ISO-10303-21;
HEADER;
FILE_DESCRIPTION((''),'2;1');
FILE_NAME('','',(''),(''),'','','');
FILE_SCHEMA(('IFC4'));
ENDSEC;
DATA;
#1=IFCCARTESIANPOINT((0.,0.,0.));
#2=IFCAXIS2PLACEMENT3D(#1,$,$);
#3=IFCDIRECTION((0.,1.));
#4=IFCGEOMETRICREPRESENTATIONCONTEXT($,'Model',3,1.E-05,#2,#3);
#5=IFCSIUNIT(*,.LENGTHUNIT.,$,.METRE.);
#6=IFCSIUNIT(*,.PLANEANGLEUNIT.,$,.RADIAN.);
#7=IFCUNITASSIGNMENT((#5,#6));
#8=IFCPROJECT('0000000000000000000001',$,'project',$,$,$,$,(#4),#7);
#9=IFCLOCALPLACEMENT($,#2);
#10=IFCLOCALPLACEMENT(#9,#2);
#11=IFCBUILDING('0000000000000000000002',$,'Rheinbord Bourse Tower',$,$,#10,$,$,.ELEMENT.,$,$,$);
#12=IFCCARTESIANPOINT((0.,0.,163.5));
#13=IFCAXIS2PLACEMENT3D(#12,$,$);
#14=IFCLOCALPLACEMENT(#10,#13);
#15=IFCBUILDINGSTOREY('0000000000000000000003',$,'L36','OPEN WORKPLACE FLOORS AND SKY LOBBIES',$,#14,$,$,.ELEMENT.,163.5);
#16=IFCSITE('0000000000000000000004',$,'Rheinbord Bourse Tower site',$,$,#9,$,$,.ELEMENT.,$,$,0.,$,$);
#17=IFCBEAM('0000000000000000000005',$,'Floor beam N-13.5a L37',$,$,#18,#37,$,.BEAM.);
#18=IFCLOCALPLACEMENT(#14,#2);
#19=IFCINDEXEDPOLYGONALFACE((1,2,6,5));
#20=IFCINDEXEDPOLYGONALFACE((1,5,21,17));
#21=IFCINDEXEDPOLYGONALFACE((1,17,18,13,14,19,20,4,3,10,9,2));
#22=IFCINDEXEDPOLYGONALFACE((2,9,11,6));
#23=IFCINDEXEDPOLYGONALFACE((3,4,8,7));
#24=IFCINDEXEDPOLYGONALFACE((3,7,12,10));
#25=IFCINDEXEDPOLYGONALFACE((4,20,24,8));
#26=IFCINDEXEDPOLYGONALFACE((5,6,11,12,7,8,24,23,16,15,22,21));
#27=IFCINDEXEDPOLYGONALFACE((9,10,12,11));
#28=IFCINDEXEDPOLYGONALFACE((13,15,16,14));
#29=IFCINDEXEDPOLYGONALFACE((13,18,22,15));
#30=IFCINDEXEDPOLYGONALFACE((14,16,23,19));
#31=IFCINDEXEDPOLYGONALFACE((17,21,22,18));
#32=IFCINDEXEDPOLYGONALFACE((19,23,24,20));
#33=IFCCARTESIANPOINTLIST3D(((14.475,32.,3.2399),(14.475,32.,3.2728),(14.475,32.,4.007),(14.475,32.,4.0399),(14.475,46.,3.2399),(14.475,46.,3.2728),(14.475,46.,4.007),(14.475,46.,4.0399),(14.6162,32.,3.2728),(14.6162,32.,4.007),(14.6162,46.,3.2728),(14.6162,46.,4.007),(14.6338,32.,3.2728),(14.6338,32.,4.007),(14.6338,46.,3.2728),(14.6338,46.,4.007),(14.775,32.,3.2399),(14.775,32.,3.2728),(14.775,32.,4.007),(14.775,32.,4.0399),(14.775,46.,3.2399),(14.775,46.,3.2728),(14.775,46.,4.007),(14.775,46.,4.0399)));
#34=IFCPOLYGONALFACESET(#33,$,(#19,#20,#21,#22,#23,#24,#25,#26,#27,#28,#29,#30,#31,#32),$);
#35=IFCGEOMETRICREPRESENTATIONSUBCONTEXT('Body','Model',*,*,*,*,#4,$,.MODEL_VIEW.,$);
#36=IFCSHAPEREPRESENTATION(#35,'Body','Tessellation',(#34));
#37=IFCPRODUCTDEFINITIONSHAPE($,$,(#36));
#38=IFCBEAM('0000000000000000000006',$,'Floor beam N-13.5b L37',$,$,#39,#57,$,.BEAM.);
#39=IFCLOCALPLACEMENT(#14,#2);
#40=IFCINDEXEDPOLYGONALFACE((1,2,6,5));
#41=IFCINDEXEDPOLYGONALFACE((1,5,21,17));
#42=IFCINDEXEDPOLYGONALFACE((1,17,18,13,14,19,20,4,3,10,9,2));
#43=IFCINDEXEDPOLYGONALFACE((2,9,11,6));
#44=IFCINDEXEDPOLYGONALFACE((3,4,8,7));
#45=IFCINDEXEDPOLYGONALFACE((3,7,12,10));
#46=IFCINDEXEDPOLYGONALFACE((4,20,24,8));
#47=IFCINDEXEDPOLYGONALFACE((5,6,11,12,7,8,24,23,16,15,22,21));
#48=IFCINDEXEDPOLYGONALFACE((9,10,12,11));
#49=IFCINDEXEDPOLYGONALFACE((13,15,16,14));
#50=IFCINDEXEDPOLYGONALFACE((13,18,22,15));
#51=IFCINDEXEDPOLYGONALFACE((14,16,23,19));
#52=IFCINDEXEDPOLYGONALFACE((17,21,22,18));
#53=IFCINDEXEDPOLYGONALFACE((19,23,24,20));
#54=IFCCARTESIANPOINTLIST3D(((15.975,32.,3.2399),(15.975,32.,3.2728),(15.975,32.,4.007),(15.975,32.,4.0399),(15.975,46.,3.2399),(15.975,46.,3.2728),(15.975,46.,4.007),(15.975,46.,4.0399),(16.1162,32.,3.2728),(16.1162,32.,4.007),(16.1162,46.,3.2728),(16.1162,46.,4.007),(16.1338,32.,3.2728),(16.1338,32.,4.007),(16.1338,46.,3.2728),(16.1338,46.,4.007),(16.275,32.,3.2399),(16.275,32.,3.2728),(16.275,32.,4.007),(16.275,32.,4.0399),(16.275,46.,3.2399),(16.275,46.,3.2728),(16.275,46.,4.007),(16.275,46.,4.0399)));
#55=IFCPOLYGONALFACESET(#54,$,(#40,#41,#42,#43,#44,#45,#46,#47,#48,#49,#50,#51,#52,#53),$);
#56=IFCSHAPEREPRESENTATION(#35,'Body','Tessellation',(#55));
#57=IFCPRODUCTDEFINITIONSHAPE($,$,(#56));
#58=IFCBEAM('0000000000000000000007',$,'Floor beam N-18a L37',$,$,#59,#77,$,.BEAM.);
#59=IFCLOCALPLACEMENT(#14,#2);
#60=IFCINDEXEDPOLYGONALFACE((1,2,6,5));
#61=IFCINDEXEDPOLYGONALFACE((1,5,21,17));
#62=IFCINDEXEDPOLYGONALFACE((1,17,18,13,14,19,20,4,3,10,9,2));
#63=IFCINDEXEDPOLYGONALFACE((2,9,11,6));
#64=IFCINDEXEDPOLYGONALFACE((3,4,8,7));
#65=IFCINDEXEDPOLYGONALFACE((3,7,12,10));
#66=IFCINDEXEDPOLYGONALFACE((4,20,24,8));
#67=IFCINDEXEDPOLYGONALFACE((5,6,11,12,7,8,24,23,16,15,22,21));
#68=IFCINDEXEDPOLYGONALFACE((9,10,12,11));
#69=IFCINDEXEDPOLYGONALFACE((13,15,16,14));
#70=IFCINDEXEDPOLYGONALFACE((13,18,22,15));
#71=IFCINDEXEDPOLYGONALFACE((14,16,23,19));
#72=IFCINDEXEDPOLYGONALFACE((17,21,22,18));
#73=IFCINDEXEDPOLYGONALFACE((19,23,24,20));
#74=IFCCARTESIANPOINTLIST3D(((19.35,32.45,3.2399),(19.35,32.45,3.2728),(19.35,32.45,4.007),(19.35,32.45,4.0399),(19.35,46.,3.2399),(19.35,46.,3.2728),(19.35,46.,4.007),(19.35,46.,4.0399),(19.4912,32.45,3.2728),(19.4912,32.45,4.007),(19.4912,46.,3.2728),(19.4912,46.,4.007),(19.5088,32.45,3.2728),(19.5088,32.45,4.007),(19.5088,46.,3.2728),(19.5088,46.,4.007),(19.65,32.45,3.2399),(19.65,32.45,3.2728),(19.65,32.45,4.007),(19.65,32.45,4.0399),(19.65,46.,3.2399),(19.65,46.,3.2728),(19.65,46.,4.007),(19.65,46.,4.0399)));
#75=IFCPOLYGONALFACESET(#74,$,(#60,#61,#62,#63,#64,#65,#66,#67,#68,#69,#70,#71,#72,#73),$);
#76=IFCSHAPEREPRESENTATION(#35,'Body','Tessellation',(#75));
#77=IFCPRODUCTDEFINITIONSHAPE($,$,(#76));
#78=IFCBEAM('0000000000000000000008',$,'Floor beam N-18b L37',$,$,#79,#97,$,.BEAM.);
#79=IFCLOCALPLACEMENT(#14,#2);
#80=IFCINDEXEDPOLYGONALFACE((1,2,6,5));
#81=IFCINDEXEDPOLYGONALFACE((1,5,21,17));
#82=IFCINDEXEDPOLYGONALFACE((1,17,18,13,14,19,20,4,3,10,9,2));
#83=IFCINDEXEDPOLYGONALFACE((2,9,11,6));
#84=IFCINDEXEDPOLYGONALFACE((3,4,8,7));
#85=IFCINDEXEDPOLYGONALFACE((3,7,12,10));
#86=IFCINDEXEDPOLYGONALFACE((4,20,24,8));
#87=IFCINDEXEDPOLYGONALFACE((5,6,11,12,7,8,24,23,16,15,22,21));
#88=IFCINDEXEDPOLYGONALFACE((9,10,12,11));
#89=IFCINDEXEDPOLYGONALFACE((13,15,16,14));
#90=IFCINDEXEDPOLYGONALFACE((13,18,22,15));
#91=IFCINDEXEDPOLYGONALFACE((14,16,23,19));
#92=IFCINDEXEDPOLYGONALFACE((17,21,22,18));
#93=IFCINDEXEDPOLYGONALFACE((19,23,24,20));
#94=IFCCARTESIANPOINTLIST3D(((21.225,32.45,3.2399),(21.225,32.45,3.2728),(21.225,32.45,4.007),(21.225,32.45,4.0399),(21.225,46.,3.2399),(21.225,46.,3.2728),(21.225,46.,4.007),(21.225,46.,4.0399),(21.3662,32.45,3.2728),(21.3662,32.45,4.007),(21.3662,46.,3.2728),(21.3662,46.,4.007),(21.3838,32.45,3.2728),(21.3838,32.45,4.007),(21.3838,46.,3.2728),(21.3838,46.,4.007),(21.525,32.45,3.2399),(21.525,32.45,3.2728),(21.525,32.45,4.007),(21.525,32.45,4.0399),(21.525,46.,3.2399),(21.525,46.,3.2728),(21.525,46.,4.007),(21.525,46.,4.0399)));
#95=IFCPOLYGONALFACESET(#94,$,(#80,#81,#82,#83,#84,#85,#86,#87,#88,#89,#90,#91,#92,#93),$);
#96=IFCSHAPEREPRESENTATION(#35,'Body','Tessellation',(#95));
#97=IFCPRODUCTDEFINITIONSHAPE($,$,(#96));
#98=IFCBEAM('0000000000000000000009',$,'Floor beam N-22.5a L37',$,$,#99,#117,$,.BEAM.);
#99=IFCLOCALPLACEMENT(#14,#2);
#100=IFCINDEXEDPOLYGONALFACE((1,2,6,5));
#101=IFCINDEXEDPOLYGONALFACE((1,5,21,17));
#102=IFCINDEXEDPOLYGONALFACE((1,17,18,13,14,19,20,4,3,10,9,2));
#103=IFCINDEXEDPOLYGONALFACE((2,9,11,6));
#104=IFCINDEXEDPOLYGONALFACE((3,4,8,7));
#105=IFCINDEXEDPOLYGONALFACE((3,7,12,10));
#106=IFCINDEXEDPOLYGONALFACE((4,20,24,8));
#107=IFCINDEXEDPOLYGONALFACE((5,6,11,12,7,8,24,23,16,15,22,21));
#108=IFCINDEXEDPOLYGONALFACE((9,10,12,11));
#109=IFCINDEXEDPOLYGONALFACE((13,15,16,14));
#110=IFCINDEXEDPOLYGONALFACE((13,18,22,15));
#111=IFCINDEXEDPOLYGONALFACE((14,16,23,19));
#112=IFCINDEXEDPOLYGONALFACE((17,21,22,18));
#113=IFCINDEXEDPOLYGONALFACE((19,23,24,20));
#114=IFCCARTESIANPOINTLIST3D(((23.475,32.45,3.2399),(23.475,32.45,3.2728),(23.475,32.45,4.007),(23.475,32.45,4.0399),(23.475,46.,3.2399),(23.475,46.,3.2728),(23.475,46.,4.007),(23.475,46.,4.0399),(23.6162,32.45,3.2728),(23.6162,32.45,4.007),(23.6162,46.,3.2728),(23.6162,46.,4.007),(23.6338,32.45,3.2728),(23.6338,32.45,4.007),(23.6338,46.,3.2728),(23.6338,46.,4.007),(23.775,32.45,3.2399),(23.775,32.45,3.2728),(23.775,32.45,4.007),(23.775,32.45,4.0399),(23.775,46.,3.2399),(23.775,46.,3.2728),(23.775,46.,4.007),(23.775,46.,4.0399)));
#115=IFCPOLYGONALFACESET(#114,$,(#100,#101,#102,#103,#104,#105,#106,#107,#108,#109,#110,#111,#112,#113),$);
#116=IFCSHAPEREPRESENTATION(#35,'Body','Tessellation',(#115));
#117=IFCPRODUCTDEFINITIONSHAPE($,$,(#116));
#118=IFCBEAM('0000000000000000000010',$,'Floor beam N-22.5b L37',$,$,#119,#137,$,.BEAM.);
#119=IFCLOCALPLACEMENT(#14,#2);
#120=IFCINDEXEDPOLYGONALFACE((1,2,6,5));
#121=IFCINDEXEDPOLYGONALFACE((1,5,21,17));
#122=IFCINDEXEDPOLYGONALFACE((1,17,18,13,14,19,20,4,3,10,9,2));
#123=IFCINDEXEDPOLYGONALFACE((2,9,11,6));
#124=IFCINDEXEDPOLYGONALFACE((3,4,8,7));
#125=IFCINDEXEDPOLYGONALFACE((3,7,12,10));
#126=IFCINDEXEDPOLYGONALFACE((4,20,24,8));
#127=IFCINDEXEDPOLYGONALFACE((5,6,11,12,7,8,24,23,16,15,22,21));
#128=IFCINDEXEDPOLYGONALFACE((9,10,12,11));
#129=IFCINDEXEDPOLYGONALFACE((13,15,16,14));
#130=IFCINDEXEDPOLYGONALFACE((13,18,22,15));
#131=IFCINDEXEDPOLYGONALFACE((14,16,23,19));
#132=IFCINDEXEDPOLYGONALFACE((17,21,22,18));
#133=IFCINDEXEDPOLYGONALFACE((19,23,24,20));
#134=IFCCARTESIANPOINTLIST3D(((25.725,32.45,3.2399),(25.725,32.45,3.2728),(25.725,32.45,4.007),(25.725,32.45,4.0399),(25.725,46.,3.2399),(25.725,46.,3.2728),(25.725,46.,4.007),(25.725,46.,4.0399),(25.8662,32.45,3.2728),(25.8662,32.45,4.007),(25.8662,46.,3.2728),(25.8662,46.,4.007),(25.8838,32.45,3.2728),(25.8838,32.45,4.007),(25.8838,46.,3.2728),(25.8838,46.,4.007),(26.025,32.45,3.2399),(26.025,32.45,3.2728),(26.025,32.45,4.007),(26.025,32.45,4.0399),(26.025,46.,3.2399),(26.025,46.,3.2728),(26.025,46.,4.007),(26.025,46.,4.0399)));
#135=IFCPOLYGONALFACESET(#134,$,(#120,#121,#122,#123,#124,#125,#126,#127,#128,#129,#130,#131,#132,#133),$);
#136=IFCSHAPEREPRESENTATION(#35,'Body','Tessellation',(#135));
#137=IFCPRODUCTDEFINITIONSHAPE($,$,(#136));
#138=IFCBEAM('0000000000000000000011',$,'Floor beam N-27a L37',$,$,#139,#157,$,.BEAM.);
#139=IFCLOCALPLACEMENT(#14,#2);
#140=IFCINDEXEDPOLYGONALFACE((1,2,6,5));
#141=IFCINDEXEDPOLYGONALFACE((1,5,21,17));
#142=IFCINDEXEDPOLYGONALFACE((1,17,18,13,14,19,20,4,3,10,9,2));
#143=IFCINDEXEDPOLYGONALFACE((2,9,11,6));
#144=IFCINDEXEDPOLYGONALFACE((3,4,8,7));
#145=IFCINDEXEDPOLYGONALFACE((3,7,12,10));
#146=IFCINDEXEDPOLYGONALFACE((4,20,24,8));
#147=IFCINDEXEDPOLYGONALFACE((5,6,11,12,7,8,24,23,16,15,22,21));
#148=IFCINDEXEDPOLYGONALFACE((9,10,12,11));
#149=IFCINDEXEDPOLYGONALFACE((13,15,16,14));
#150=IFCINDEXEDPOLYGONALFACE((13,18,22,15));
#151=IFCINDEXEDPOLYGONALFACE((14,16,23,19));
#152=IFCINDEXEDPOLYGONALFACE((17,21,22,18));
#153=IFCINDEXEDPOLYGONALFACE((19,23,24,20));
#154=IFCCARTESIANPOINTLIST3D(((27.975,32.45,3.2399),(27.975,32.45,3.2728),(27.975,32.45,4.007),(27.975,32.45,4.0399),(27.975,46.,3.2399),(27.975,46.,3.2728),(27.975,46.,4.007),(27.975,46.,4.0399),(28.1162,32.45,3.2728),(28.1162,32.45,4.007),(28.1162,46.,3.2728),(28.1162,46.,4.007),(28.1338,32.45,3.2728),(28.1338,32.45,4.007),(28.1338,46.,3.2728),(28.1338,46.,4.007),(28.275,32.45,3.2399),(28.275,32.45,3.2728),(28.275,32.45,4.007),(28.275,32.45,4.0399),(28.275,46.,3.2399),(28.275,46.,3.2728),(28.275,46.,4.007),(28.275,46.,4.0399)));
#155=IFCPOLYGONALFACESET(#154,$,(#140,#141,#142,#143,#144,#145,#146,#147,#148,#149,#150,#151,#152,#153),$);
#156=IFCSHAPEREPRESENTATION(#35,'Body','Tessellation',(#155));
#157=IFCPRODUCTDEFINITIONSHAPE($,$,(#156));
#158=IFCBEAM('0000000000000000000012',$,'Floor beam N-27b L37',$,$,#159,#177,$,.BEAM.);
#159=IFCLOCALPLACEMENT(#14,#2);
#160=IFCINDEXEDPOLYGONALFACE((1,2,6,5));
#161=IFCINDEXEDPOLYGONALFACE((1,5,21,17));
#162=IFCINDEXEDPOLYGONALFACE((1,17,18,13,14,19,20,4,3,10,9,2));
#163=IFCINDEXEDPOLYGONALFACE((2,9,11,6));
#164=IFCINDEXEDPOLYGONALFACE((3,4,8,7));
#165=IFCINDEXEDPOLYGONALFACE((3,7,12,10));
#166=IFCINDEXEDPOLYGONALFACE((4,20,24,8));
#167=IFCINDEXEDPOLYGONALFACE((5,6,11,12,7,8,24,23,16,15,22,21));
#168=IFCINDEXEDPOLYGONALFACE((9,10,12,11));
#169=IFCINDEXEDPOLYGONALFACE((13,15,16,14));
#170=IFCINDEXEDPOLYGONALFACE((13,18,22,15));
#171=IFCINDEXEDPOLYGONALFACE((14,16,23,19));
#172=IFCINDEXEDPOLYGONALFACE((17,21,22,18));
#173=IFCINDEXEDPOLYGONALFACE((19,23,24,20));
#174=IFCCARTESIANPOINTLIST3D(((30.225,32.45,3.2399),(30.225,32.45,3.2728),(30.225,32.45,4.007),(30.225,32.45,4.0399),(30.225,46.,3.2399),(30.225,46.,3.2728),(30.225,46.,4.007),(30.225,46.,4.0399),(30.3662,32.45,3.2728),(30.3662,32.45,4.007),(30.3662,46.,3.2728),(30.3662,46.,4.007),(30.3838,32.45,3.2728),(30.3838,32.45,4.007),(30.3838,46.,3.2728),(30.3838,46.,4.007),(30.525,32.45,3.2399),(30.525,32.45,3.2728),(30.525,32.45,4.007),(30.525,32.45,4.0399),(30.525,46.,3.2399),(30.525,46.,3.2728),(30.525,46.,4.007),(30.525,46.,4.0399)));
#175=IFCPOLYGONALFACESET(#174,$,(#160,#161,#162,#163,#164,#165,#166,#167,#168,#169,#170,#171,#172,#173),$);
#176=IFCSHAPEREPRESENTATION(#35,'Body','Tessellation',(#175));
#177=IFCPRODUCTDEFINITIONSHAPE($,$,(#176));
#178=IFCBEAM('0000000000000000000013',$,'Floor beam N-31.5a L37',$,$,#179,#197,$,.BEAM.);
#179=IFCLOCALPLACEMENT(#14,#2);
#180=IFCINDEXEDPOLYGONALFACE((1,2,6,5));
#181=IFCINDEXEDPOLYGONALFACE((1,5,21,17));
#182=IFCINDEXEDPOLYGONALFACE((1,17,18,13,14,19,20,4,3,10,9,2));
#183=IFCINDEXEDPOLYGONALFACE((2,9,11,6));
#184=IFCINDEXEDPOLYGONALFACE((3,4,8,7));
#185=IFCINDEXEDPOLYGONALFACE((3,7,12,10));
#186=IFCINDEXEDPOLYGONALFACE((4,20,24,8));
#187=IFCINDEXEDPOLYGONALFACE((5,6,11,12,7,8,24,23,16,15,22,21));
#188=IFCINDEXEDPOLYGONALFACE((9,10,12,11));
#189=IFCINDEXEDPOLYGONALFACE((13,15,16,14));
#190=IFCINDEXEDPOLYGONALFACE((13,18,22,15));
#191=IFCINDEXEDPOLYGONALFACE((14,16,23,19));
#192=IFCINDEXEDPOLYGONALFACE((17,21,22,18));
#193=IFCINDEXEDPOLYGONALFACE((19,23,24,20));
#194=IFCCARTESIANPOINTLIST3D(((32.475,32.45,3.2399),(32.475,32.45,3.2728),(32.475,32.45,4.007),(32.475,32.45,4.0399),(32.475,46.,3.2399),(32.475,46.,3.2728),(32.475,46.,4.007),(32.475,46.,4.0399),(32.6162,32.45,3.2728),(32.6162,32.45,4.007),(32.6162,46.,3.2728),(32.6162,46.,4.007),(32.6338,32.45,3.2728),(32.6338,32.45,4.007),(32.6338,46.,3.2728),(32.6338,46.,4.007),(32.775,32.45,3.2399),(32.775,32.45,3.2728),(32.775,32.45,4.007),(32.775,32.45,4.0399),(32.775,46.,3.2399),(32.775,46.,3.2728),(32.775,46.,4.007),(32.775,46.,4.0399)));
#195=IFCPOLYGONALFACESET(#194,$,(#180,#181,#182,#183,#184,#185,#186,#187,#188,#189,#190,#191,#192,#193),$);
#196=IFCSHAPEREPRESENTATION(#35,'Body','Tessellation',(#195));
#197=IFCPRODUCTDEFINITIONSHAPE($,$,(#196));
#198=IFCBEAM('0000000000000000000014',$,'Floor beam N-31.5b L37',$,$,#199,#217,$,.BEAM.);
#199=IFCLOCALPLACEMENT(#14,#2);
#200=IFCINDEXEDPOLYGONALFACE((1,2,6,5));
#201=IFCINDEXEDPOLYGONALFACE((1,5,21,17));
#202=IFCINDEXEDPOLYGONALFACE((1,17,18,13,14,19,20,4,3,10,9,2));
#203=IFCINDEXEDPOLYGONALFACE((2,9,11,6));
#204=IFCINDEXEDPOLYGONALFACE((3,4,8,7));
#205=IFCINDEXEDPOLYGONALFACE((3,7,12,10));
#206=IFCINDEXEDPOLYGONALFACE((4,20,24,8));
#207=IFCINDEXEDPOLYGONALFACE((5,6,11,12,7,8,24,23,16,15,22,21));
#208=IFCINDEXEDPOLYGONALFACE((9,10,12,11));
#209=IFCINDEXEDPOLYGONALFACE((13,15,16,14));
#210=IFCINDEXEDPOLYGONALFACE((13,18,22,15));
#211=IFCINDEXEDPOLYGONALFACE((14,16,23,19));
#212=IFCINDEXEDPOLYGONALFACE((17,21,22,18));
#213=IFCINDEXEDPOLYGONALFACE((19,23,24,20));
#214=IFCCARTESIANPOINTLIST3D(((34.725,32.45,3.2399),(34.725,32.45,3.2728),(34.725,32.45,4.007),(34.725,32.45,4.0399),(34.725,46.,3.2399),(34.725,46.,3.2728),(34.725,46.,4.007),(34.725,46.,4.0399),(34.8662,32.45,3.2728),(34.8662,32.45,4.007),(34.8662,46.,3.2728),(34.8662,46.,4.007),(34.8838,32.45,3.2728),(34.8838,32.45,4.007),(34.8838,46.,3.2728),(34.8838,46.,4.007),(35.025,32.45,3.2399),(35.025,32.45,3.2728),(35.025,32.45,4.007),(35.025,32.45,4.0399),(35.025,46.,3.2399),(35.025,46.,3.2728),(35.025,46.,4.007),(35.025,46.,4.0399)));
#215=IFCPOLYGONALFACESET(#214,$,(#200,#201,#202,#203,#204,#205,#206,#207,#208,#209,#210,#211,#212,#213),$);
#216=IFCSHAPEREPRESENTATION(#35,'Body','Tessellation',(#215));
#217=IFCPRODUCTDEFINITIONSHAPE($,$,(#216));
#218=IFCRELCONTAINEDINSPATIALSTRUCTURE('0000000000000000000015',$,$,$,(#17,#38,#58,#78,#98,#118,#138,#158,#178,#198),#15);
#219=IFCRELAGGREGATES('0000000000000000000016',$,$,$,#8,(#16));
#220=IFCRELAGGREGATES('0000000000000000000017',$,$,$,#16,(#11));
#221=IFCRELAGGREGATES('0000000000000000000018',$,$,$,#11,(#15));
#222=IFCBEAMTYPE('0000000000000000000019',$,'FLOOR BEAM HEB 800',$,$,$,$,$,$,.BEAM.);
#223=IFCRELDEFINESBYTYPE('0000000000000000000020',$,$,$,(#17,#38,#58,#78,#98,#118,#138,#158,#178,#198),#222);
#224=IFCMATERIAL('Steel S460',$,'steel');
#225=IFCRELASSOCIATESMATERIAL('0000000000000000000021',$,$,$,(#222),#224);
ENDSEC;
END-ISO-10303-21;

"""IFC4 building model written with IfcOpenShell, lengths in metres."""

from ifc_helpers import new_model, si_unit, direction, frame, origin, origin_2d, place, context, subcontext, project, spatial, i_section, extrude, material, material_profile, profile_set, type_object, element, save


model = new_model("IFC4")

# Units and contexts
model_context = context("Model", 3, precision=1e-05, world=origin(), true_north=direction((0.0, 1.0)))
body_context = subcontext(model_context, "Body", "Model", "MODEL_VIEW")
ifc_project = project(units=[si_unit("LENGTHUNIT", "METRE"), si_unit("PLANEANGLEUNIT", "RADIAN")], contexts=[model_context])

# Site, building, storey
site_placement = place(None, origin())
site = spatial("IfcSite", under=ifc_project, at=site_placement, Name="Rheinbord Bourse Tower site", CompositionType="ELEMENT", RefElevation=0.0)
building_placement = place(site_placement, origin())
building = spatial("IfcBuilding", under=site, at=building_placement, Name="Rheinbord Bourse Tower", CompositionType="ELEMENT")
storey_placement = place(building_placement, frame((0.0, 0.0, 163.5)))
storey = spatial("IfcBuildingStorey", under=building, at=storey_placement, Name="L36", Description="OPEN WORKPLACE FLOORS AND SKY LOBBIES", CompositionType="ELEMENT", Elevation=163.5)

# Beams
ifc_material_1 = material(Name="Steel S460", Category="steel")
ifc_material_profile_1 = material_profile(ifc_material_1, i_section(OverallWidth=0.3, OverallDepth=0.8, WebThickness=0.0176, FlangeThickness=0.033, at=origin_2d()), Name="HEB 800")
ifc_profile_set_1 = profile_set([ifc_material_profile_1], Name="Steel S460")
beam_type_1 = type_object("IfcBeamType", Name="FLOOR BEAM HEB 800", PredefinedType="BEAM", material=ifc_profile_set_1)
for number, where, z_axis, x_axis, name in (
    (1, (14.625, 46.0, 3.6399), (0.0, -1.0, 0.0), (1.0, 0.0, 0.0), "Floor beam N-13.5a L37"),
    (2, (16.125, 46.0, 3.6399), (0.0, -1.0, 0.0), (1.0, 0.0, 0.0), "Floor beam N-13.5b L37"),
):
    element("IfcBeam", number, at=place(storey_placement, frame(where, z_axis=z_axis, x_axis=x_axis)), inside=storey, type_object=beam_type_1, Name=name, PredefinedType="BEAM", context=body_context, shape_type="SweptSolid", body=[
        extrude(i_section(OverallWidth=0.3, OverallDepth=0.8, WebThickness=0.0176, FlangeThickness=0.033, at=origin_2d()), origin(), (0.0, 0.0, 1.0), 14.0),
    ])
for number, where, z_axis, x_axis, name in (
    (3, (19.5, 46.0, 3.6399), (0.0, -1.0, 0.0), (1.0, 0.0, 0.0), "Floor beam N-18a L37"),
    (4, (21.375, 46.0, 3.6399), (0.0, -1.0, 0.0), (1.0, 0.0, 0.0), "Floor beam N-18b L37"),
    (5, (23.625, 46.0, 3.6399), (0.0, -1.0, 0.0), (1.0, 0.0, 0.0), "Floor beam N-22.5a L37"),
    (6, (25.875, 46.0, 3.6399), (0.0, -1.0, 0.0), (1.0, 0.0, 0.0), "Floor beam N-22.5b L37"),
    (7, (28.125, 46.0, 3.6399), (0.0, -1.0, 0.0), (1.0, 0.0, 0.0), "Floor beam N-27a L37"),
    (8, (30.375, 46.0, 3.6399), (0.0, -1.0, 0.0), (1.0, 0.0, 0.0), "Floor beam N-27b L37"),
    (9, (32.625, 46.0, 3.6399), (0.0, -1.0, 0.0), (1.0, 0.0, 0.0), "Floor beam N-31.5a L37"),
    (10, (34.875, 46.0, 3.6399), (0.0, -1.0, 0.0), (1.0, 0.0, 0.0), "Floor beam N-31.5b L37"),
):
    element("IfcBeam", number, at=place(storey_placement, frame(where, z_axis=z_axis, x_axis=x_axis)), inside=storey, type_object=beam_type_1, Name=name, PredefinedType="BEAM", context=body_context, shape_type="SweptSolid", body=[
        extrude(i_section(OverallWidth=0.3, OverallDepth=0.8, WebThickness=0.0176, FlangeThickness=0.033, at=origin_2d()), origin(), (0.0, 0.0, 1.0), 13.55),
    ])

save(model, "model.ifc")
